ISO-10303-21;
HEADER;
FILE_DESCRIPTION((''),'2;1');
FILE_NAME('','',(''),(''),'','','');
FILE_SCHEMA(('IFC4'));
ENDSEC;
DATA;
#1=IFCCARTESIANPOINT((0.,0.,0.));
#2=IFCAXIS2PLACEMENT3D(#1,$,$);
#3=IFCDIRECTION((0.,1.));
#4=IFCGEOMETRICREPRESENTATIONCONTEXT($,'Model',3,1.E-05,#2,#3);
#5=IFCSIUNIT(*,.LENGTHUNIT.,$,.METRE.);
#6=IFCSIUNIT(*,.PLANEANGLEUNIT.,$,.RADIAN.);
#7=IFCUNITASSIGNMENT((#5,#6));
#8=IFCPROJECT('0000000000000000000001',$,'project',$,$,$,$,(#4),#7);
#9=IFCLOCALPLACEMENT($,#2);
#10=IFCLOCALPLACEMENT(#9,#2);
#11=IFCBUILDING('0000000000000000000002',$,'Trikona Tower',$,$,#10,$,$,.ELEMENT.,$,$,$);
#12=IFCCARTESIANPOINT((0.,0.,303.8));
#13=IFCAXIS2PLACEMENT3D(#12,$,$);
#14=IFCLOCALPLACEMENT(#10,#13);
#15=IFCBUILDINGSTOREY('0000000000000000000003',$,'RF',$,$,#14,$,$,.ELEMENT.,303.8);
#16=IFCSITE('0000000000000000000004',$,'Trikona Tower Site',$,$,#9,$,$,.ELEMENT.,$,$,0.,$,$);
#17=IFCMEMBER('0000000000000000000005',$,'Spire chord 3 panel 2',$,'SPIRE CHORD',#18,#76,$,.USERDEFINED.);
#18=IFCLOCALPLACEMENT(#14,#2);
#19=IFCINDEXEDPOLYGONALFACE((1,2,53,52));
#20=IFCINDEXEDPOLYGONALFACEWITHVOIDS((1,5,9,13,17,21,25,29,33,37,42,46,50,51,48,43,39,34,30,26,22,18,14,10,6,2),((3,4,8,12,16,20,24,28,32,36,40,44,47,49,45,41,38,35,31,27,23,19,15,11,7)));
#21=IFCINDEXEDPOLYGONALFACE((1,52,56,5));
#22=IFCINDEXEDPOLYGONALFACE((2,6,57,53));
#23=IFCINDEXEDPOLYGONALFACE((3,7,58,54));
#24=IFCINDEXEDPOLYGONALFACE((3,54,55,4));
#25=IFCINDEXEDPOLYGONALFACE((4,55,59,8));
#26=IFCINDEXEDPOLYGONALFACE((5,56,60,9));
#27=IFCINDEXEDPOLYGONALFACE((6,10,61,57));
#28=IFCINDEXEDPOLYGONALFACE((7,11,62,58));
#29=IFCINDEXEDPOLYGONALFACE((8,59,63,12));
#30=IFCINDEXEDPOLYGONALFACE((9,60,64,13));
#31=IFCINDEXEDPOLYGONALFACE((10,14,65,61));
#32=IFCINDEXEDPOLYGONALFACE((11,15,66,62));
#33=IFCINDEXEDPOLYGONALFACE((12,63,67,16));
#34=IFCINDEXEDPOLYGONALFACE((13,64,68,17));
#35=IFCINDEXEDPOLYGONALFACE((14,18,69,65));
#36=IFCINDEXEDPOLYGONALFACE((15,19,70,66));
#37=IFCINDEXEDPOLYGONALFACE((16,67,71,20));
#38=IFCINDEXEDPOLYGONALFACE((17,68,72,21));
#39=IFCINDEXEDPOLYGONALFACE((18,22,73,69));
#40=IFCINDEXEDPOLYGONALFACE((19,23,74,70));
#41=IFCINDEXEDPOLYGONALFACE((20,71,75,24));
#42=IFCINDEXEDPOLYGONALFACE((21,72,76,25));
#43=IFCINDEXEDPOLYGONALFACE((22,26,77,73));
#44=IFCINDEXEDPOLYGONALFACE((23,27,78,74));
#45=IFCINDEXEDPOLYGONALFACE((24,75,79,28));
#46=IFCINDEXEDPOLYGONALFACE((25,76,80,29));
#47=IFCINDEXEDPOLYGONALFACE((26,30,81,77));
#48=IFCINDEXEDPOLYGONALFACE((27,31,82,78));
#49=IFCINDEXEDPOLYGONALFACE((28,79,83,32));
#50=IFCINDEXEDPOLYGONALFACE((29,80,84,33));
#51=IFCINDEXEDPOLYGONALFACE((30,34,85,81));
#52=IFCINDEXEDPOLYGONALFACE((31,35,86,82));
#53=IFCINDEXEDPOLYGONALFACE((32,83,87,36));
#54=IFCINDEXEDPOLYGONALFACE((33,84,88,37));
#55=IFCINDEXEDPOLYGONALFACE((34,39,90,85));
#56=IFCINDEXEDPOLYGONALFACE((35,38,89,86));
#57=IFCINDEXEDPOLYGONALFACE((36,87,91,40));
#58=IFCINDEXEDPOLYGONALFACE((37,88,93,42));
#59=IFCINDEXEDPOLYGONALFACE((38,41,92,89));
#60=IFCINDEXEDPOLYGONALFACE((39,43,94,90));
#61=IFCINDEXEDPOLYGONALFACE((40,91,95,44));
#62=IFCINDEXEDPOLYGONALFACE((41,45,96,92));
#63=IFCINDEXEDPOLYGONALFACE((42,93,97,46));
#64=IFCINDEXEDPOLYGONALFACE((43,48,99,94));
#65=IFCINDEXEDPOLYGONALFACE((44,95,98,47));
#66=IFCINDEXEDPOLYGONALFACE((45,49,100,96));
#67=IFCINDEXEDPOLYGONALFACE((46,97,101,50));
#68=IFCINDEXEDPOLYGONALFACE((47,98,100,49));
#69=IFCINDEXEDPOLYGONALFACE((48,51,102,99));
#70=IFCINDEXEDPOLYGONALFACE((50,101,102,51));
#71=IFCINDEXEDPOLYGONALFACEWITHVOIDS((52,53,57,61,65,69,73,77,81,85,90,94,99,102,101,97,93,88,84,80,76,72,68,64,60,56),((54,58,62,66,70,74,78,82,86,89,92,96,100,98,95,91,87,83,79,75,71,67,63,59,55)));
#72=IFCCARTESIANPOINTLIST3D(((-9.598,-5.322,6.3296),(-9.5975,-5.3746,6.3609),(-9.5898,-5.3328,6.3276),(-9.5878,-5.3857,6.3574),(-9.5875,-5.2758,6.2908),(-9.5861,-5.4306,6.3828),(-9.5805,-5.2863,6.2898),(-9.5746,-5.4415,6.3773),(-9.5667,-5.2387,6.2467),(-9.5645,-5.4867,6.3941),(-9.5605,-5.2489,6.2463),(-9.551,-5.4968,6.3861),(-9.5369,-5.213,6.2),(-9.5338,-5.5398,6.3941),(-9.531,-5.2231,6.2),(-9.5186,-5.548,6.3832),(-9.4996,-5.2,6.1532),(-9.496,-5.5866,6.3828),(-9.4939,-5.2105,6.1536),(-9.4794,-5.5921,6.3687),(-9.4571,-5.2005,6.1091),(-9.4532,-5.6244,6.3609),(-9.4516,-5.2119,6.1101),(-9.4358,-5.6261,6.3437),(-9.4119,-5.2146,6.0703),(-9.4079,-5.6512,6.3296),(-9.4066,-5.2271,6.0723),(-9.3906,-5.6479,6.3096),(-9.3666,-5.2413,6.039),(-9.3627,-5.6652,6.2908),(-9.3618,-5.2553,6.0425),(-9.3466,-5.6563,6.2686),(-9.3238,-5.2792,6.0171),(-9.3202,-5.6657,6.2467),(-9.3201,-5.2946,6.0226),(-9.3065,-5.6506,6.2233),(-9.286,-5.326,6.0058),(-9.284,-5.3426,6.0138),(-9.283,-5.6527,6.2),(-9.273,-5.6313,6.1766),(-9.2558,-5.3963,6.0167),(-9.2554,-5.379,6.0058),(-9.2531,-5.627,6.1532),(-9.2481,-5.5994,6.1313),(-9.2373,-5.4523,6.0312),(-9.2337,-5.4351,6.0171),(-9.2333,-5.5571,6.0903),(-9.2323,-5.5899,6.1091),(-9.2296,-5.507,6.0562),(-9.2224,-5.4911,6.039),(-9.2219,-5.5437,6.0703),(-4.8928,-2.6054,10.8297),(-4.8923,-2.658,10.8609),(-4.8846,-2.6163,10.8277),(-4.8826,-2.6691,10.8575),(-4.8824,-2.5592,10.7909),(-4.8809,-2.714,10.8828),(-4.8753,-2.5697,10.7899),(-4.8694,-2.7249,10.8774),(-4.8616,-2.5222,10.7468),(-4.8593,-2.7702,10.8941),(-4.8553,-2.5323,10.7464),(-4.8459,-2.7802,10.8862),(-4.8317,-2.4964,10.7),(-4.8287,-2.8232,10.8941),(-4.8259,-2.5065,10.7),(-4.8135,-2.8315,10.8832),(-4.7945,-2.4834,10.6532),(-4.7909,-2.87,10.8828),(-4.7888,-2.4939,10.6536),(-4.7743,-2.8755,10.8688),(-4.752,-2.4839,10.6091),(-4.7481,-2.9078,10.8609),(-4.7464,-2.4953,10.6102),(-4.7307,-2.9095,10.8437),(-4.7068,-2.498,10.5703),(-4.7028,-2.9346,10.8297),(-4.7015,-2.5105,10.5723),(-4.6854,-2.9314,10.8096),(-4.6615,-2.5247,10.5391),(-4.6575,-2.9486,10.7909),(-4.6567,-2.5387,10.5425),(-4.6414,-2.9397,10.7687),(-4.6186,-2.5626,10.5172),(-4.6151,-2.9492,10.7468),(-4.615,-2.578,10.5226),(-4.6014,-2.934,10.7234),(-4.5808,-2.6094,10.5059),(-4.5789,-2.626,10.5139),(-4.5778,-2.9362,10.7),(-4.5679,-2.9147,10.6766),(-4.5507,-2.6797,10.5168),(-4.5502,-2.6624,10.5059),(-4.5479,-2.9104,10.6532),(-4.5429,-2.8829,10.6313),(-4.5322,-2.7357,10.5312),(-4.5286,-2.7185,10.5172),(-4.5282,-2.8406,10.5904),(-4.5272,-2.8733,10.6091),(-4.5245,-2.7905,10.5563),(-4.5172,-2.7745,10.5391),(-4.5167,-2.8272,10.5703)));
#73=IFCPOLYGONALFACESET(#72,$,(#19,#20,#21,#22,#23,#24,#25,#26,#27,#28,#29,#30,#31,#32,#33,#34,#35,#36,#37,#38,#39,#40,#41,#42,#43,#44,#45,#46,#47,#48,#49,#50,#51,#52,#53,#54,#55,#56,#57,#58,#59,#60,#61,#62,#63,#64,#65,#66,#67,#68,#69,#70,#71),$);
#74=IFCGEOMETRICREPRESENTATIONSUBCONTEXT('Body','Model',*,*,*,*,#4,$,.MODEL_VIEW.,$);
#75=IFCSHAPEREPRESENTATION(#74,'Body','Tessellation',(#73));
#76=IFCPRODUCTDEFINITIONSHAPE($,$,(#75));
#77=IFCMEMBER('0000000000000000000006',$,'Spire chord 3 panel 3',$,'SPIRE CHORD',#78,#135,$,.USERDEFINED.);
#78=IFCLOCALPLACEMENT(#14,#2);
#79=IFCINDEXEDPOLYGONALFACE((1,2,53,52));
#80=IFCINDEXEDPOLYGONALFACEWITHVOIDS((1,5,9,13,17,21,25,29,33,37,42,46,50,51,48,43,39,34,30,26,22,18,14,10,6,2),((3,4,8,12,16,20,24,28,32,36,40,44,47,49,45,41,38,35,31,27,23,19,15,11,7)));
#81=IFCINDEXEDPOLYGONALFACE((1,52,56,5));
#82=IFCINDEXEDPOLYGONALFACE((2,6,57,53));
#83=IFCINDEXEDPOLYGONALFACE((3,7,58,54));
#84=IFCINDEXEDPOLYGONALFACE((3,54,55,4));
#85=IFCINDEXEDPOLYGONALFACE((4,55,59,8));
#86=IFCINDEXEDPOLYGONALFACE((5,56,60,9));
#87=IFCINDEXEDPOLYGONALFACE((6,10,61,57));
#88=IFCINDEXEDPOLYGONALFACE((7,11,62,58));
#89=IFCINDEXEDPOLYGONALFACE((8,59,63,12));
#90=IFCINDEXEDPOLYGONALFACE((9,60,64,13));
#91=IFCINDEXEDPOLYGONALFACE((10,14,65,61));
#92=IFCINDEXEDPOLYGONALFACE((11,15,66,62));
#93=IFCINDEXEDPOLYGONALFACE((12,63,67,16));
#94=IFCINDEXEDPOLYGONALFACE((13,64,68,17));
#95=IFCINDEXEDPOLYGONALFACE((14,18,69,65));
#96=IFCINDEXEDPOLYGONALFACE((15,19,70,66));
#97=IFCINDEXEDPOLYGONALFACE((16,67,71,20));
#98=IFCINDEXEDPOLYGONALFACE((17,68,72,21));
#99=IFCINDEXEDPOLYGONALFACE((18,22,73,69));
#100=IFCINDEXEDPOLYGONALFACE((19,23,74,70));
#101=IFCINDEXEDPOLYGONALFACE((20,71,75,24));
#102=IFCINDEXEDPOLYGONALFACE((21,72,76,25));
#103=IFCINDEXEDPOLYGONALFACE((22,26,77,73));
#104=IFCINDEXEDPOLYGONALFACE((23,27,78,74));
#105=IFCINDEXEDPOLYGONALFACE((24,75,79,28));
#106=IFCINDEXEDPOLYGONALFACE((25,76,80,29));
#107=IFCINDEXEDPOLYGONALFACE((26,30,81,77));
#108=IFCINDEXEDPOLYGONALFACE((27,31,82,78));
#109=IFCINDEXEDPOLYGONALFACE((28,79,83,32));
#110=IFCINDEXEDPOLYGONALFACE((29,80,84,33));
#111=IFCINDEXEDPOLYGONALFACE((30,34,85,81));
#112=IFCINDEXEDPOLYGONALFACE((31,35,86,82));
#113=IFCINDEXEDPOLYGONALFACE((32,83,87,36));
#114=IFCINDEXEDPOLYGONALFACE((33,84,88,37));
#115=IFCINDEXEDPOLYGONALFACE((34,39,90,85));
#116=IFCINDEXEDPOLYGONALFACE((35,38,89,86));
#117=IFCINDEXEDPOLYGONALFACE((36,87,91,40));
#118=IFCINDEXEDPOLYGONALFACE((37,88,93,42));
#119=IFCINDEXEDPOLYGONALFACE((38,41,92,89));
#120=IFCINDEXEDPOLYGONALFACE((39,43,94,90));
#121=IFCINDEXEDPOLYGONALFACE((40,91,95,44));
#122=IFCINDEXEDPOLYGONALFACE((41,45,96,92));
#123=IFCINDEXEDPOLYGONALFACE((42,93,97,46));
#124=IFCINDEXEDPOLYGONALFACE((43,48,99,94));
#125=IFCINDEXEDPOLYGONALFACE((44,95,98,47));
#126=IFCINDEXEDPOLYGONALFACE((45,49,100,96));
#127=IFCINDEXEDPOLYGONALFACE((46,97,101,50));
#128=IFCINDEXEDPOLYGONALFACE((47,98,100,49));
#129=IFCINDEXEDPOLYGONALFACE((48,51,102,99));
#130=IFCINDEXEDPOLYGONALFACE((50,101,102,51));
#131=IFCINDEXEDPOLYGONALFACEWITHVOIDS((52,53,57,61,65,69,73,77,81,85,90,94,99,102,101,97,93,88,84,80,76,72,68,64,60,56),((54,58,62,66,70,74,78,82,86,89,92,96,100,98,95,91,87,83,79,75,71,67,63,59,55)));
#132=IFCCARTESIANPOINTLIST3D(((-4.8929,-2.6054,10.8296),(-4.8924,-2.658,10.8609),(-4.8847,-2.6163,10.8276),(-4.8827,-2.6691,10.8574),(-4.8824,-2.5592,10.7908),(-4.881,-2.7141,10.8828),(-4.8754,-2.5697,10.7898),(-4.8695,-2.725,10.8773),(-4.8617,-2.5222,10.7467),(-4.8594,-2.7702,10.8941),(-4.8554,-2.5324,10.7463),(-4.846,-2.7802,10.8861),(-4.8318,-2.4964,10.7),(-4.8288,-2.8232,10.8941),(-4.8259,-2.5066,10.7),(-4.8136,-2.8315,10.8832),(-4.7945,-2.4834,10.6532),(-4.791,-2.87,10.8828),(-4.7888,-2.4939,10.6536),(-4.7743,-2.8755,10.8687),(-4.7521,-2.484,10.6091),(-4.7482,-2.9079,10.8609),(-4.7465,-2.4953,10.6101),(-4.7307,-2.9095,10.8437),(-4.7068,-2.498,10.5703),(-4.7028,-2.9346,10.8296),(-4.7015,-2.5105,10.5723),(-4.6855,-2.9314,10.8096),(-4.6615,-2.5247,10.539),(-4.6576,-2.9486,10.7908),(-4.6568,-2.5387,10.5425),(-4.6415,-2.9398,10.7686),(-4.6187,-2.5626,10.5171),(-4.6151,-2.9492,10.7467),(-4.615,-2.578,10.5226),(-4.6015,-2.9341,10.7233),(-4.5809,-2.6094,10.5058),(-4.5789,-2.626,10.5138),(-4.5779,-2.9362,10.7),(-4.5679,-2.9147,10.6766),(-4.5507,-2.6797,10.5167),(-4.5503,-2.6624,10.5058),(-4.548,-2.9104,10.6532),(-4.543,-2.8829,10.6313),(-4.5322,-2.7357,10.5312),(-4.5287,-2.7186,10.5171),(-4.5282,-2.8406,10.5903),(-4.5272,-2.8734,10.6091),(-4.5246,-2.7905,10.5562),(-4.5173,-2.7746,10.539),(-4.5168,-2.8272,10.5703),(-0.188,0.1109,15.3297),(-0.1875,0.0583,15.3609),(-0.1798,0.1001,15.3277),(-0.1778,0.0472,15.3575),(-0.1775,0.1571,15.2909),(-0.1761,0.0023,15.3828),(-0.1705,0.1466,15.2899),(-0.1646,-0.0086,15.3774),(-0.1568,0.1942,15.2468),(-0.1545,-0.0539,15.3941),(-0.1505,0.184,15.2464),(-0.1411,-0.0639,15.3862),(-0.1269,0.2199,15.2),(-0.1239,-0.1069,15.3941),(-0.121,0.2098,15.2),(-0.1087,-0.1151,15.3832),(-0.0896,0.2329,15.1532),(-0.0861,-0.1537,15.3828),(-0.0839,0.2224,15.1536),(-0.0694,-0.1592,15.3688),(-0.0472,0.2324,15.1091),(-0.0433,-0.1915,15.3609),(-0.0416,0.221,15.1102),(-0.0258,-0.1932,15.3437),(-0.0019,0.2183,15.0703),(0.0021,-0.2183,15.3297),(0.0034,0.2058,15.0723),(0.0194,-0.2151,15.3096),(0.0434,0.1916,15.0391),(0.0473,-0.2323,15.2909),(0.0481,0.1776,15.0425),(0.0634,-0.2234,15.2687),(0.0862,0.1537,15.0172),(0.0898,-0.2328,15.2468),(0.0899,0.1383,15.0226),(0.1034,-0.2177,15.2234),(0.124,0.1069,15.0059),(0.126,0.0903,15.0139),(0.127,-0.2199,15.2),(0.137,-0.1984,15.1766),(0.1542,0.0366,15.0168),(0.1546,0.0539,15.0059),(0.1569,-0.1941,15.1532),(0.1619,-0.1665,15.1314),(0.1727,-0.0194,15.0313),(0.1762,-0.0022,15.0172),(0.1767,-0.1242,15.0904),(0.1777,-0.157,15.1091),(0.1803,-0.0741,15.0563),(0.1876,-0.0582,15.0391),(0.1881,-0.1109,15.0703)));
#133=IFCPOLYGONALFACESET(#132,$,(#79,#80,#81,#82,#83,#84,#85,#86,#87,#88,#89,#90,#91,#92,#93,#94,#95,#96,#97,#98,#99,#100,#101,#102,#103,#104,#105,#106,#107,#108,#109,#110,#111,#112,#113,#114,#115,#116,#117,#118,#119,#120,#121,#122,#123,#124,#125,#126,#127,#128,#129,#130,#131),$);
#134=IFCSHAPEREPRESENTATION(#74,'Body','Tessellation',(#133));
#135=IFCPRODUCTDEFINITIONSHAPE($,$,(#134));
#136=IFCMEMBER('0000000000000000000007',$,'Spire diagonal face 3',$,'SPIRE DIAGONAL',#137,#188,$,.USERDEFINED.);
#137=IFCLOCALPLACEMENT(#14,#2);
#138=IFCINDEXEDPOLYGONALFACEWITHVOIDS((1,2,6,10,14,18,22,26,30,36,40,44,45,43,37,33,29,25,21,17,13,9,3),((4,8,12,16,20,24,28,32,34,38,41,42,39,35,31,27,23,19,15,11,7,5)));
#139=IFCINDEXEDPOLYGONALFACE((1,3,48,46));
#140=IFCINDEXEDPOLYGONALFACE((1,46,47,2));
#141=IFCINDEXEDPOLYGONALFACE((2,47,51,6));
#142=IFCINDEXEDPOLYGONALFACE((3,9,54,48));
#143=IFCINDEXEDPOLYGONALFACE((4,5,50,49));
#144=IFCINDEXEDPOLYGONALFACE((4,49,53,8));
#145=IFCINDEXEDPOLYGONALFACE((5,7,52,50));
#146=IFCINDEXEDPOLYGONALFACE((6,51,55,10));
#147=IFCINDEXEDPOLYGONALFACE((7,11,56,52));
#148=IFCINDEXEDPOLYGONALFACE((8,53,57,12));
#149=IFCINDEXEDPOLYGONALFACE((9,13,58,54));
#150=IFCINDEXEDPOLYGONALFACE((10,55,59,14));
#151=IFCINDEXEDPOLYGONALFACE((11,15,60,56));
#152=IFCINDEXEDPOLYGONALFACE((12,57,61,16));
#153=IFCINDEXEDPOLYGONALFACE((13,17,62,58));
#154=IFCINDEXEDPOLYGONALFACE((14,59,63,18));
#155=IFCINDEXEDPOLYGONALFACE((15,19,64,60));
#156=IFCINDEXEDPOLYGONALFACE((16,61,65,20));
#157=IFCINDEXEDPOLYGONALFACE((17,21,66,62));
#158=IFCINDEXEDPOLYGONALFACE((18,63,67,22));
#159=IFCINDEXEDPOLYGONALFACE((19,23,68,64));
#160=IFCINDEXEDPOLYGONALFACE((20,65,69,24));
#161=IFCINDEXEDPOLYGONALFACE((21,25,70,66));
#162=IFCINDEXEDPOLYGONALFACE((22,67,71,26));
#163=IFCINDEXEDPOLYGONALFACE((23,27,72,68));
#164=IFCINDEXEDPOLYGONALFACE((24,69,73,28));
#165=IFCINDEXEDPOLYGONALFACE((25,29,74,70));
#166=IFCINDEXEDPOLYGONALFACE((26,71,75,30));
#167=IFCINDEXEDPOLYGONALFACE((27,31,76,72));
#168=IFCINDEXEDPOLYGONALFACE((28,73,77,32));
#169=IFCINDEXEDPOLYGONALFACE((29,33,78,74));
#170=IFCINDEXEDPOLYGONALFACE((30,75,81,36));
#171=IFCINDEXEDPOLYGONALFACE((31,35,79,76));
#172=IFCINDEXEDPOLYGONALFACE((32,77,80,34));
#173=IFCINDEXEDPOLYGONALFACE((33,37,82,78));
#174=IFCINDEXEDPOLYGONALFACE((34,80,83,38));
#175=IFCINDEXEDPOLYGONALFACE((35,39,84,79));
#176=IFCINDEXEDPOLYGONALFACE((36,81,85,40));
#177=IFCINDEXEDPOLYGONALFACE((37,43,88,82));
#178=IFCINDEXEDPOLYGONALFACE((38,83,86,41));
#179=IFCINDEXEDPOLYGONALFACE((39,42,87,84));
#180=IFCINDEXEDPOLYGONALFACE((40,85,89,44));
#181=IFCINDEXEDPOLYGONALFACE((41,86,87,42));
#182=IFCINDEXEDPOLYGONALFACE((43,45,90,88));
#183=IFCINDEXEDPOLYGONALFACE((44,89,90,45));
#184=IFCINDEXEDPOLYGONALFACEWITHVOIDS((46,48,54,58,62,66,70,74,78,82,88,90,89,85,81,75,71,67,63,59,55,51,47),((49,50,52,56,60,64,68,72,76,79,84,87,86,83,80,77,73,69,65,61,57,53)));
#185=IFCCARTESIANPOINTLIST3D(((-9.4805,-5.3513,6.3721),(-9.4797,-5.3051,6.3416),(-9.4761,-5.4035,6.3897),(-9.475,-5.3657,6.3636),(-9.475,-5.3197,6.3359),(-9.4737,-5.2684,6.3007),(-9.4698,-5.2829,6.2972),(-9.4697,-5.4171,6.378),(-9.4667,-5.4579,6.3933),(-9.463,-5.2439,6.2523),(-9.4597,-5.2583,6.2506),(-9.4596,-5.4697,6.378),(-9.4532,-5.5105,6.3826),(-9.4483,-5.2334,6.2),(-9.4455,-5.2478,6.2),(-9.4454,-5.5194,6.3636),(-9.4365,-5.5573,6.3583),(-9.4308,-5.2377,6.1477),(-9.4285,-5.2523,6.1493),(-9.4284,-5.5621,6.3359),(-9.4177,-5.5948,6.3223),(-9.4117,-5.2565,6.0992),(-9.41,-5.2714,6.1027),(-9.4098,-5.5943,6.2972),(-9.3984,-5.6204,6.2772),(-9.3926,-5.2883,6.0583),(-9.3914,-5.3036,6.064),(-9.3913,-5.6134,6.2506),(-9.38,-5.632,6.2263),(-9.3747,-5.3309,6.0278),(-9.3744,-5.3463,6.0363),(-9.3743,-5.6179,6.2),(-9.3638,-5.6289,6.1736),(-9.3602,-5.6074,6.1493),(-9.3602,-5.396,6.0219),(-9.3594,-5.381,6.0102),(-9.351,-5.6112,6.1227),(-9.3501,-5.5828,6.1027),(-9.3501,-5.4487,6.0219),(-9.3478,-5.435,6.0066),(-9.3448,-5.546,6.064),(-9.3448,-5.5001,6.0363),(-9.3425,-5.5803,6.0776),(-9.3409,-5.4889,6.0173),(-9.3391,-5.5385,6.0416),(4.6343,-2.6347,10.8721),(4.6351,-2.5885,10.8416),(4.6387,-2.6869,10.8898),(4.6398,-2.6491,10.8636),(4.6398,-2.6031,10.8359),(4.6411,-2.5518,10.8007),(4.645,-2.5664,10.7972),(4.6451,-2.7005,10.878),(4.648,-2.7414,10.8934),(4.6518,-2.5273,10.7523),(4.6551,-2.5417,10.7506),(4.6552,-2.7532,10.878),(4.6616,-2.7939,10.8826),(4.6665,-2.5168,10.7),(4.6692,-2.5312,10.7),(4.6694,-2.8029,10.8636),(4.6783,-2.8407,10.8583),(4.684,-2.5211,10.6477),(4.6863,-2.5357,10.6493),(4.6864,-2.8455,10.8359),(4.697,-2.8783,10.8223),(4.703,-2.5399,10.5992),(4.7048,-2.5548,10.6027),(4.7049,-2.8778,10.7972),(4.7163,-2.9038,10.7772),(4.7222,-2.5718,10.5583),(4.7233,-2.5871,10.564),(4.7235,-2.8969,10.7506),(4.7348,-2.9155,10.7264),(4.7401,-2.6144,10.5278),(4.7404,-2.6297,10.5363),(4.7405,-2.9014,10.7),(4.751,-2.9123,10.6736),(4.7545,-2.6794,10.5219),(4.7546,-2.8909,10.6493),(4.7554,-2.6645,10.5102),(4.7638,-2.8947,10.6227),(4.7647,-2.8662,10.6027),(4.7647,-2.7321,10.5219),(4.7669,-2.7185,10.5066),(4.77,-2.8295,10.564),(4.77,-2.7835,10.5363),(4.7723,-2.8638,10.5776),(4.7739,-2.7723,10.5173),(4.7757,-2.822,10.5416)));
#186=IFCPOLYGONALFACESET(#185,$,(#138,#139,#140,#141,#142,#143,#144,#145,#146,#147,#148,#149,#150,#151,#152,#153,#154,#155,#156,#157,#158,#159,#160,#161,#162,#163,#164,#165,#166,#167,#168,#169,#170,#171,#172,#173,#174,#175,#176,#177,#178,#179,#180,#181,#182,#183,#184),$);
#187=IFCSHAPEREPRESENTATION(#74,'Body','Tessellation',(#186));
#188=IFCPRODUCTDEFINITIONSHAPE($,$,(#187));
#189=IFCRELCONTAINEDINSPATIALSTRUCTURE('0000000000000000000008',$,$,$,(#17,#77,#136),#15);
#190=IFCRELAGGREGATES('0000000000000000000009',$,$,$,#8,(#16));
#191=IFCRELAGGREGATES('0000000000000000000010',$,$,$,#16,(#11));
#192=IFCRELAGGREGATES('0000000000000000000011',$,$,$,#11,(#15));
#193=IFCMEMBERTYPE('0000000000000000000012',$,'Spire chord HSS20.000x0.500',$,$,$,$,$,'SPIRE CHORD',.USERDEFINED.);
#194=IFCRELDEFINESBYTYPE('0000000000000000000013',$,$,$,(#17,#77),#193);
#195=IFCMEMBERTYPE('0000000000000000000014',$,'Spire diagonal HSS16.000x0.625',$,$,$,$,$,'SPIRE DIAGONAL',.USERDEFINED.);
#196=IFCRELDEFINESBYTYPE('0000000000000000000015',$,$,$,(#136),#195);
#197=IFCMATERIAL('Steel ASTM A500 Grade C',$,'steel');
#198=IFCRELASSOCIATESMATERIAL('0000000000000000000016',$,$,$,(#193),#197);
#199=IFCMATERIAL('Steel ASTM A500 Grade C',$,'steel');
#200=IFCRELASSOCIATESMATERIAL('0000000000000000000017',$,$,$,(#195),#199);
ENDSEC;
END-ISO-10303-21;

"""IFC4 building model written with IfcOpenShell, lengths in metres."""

from ifc_helpers import new_model, si_unit, direction, frame, origin, origin_2d, place, context, subcontext, project, spatial, hollow_circle, extrude, material, material_profile, profile_set, type_object, element, save


model = new_model("IFC4")

# Units and contexts
model_context = context("Model", 3, precision=1e-05, world=origin(), true_north=direction((0.0, 1.0)))
body_context = subcontext(model_context, "Body", "Model", "MODEL_VIEW")
ifc_project = project(units=[si_unit("LENGTHUNIT", "METRE"), si_unit("PLANEANGLEUNIT", "RADIAN")], contexts=[model_context])

# Site, building, storey
site_placement = place(None, origin())
site = spatial("IfcSite", under=ifc_project, at=site_placement, Name="Trikona Tower Site", CompositionType="ELEMENT", RefElevation=0.0)
building_placement = place(site_placement, origin())
building = spatial("IfcBuilding", under=site, at=building_placement, Name="Trikona Tower", CompositionType="ELEMENT")
storey_placement = place(building_placement, frame((0.0, 0.0, 303.8)))
storey = spatial("IfcBuildingStorey", under=building, at=storey_placement, Name="RF", CompositionType="ELEMENT", Elevation=303.8)

# Members
ifc_material_1 = material(Name="Steel ASTM A500 Grade C", Category="steel")
ifc_material_profile_1 = material_profile(ifc_material_1, hollow_circle(Radius=0.2539, WallThickness=0.0117, at=origin_2d()), Name="HSS20.000X0.500")
ifc_profile_set_1 = profile_set([ifc_material_profile_1], Name="Steel ASTM A500 Grade C")
member_type_1 = type_object("IfcMemberType", Name="Spire chord HSS20.000x0.500", ElementType="SPIRE CHORD", PredefinedType="USERDEFINED", material=ifc_profile_set_1)
member_1_placement = place(storey_placement, frame((-9.4099, -5.4329, 6.2), z_axis=(0.666952, 0.385075, 0.637881), x_axis=(-0.50001, 0.866019, 0.0)))
element("IfcMember", 1, at=member_1_placement, inside=storey, type_object=member_type_1, Name="Spire chord 3 panel 2", ObjectType="SPIRE CHORD", PredefinedType="USERDEFINED", context=body_context, shape_type="SweptSolid", body=[
    extrude(hollow_circle(Radius=0.2539, WallThickness=0.0117, at=origin_2d()), origin(), (0.0, 0.0, 1.0), 7.0547),
])
member_2_placement = place(storey_placement, frame((-4.7048, -2.7163, 10.7), z_axis=(0.666941, 0.385055, 0.637905), x_axis=(-0.499996, 0.866028, 0.0)))
element("IfcMember", 2, at=member_2_placement, inside=storey, type_object=member_type_1, Name="Spire chord 3 panel 3", ObjectType="SPIRE CHORD", PredefinedType="USERDEFINED", context=body_context, shape_type="SweptSolid", body=[
    extrude(hollow_circle(Radius=0.2539, WallThickness=0.0117, at=origin_2d()), origin(), (0.0, 0.0, 1.0), 7.0544),
])
ifc_material_2 = material(Name="Steel ASTM A500 Grade C", Category="steel")
ifc_material_profile_2 = material_profile(ifc_material_2, hollow_circle(Radius=0.2031, WallThickness=0.0146, at=origin_2d()), Name="HSS16.000X0.625")
ifc_profile_set_2 = profile_set([ifc_material_profile_2], Name="Steel ASTM A500 Grade C")
member_type_2 = type_object("IfcMemberType", Name="Spire diagonal HSS16.000x0.625", ElementType="SPIRE DIAGONAL", PredefinedType="USERDEFINED", material=ifc_profile_set_2)
member_3_placement = place(storey_placement, frame((-9.4099, -5.4329, 6.2), z_axis=(0.937126, 0.180361, 0.29877), x_axis=(-0.188994, 0.981978, 0.0)))
element("IfcMember", 3, at=member_3_placement, inside=storey, type_object=member_type_2, Name="Spire diagonal face 3", ObjectType="SPIRE DIAGONAL", PredefinedType="USERDEFINED", context=body_context, shape_type="SweptSolid", body=[
    extrude(hollow_circle(Radius=0.2031, WallThickness=0.0146, at=origin_2d()), origin(), (0.0, 0.0, 1.0), 15.0618),
])

save(model, "model.ifc")
